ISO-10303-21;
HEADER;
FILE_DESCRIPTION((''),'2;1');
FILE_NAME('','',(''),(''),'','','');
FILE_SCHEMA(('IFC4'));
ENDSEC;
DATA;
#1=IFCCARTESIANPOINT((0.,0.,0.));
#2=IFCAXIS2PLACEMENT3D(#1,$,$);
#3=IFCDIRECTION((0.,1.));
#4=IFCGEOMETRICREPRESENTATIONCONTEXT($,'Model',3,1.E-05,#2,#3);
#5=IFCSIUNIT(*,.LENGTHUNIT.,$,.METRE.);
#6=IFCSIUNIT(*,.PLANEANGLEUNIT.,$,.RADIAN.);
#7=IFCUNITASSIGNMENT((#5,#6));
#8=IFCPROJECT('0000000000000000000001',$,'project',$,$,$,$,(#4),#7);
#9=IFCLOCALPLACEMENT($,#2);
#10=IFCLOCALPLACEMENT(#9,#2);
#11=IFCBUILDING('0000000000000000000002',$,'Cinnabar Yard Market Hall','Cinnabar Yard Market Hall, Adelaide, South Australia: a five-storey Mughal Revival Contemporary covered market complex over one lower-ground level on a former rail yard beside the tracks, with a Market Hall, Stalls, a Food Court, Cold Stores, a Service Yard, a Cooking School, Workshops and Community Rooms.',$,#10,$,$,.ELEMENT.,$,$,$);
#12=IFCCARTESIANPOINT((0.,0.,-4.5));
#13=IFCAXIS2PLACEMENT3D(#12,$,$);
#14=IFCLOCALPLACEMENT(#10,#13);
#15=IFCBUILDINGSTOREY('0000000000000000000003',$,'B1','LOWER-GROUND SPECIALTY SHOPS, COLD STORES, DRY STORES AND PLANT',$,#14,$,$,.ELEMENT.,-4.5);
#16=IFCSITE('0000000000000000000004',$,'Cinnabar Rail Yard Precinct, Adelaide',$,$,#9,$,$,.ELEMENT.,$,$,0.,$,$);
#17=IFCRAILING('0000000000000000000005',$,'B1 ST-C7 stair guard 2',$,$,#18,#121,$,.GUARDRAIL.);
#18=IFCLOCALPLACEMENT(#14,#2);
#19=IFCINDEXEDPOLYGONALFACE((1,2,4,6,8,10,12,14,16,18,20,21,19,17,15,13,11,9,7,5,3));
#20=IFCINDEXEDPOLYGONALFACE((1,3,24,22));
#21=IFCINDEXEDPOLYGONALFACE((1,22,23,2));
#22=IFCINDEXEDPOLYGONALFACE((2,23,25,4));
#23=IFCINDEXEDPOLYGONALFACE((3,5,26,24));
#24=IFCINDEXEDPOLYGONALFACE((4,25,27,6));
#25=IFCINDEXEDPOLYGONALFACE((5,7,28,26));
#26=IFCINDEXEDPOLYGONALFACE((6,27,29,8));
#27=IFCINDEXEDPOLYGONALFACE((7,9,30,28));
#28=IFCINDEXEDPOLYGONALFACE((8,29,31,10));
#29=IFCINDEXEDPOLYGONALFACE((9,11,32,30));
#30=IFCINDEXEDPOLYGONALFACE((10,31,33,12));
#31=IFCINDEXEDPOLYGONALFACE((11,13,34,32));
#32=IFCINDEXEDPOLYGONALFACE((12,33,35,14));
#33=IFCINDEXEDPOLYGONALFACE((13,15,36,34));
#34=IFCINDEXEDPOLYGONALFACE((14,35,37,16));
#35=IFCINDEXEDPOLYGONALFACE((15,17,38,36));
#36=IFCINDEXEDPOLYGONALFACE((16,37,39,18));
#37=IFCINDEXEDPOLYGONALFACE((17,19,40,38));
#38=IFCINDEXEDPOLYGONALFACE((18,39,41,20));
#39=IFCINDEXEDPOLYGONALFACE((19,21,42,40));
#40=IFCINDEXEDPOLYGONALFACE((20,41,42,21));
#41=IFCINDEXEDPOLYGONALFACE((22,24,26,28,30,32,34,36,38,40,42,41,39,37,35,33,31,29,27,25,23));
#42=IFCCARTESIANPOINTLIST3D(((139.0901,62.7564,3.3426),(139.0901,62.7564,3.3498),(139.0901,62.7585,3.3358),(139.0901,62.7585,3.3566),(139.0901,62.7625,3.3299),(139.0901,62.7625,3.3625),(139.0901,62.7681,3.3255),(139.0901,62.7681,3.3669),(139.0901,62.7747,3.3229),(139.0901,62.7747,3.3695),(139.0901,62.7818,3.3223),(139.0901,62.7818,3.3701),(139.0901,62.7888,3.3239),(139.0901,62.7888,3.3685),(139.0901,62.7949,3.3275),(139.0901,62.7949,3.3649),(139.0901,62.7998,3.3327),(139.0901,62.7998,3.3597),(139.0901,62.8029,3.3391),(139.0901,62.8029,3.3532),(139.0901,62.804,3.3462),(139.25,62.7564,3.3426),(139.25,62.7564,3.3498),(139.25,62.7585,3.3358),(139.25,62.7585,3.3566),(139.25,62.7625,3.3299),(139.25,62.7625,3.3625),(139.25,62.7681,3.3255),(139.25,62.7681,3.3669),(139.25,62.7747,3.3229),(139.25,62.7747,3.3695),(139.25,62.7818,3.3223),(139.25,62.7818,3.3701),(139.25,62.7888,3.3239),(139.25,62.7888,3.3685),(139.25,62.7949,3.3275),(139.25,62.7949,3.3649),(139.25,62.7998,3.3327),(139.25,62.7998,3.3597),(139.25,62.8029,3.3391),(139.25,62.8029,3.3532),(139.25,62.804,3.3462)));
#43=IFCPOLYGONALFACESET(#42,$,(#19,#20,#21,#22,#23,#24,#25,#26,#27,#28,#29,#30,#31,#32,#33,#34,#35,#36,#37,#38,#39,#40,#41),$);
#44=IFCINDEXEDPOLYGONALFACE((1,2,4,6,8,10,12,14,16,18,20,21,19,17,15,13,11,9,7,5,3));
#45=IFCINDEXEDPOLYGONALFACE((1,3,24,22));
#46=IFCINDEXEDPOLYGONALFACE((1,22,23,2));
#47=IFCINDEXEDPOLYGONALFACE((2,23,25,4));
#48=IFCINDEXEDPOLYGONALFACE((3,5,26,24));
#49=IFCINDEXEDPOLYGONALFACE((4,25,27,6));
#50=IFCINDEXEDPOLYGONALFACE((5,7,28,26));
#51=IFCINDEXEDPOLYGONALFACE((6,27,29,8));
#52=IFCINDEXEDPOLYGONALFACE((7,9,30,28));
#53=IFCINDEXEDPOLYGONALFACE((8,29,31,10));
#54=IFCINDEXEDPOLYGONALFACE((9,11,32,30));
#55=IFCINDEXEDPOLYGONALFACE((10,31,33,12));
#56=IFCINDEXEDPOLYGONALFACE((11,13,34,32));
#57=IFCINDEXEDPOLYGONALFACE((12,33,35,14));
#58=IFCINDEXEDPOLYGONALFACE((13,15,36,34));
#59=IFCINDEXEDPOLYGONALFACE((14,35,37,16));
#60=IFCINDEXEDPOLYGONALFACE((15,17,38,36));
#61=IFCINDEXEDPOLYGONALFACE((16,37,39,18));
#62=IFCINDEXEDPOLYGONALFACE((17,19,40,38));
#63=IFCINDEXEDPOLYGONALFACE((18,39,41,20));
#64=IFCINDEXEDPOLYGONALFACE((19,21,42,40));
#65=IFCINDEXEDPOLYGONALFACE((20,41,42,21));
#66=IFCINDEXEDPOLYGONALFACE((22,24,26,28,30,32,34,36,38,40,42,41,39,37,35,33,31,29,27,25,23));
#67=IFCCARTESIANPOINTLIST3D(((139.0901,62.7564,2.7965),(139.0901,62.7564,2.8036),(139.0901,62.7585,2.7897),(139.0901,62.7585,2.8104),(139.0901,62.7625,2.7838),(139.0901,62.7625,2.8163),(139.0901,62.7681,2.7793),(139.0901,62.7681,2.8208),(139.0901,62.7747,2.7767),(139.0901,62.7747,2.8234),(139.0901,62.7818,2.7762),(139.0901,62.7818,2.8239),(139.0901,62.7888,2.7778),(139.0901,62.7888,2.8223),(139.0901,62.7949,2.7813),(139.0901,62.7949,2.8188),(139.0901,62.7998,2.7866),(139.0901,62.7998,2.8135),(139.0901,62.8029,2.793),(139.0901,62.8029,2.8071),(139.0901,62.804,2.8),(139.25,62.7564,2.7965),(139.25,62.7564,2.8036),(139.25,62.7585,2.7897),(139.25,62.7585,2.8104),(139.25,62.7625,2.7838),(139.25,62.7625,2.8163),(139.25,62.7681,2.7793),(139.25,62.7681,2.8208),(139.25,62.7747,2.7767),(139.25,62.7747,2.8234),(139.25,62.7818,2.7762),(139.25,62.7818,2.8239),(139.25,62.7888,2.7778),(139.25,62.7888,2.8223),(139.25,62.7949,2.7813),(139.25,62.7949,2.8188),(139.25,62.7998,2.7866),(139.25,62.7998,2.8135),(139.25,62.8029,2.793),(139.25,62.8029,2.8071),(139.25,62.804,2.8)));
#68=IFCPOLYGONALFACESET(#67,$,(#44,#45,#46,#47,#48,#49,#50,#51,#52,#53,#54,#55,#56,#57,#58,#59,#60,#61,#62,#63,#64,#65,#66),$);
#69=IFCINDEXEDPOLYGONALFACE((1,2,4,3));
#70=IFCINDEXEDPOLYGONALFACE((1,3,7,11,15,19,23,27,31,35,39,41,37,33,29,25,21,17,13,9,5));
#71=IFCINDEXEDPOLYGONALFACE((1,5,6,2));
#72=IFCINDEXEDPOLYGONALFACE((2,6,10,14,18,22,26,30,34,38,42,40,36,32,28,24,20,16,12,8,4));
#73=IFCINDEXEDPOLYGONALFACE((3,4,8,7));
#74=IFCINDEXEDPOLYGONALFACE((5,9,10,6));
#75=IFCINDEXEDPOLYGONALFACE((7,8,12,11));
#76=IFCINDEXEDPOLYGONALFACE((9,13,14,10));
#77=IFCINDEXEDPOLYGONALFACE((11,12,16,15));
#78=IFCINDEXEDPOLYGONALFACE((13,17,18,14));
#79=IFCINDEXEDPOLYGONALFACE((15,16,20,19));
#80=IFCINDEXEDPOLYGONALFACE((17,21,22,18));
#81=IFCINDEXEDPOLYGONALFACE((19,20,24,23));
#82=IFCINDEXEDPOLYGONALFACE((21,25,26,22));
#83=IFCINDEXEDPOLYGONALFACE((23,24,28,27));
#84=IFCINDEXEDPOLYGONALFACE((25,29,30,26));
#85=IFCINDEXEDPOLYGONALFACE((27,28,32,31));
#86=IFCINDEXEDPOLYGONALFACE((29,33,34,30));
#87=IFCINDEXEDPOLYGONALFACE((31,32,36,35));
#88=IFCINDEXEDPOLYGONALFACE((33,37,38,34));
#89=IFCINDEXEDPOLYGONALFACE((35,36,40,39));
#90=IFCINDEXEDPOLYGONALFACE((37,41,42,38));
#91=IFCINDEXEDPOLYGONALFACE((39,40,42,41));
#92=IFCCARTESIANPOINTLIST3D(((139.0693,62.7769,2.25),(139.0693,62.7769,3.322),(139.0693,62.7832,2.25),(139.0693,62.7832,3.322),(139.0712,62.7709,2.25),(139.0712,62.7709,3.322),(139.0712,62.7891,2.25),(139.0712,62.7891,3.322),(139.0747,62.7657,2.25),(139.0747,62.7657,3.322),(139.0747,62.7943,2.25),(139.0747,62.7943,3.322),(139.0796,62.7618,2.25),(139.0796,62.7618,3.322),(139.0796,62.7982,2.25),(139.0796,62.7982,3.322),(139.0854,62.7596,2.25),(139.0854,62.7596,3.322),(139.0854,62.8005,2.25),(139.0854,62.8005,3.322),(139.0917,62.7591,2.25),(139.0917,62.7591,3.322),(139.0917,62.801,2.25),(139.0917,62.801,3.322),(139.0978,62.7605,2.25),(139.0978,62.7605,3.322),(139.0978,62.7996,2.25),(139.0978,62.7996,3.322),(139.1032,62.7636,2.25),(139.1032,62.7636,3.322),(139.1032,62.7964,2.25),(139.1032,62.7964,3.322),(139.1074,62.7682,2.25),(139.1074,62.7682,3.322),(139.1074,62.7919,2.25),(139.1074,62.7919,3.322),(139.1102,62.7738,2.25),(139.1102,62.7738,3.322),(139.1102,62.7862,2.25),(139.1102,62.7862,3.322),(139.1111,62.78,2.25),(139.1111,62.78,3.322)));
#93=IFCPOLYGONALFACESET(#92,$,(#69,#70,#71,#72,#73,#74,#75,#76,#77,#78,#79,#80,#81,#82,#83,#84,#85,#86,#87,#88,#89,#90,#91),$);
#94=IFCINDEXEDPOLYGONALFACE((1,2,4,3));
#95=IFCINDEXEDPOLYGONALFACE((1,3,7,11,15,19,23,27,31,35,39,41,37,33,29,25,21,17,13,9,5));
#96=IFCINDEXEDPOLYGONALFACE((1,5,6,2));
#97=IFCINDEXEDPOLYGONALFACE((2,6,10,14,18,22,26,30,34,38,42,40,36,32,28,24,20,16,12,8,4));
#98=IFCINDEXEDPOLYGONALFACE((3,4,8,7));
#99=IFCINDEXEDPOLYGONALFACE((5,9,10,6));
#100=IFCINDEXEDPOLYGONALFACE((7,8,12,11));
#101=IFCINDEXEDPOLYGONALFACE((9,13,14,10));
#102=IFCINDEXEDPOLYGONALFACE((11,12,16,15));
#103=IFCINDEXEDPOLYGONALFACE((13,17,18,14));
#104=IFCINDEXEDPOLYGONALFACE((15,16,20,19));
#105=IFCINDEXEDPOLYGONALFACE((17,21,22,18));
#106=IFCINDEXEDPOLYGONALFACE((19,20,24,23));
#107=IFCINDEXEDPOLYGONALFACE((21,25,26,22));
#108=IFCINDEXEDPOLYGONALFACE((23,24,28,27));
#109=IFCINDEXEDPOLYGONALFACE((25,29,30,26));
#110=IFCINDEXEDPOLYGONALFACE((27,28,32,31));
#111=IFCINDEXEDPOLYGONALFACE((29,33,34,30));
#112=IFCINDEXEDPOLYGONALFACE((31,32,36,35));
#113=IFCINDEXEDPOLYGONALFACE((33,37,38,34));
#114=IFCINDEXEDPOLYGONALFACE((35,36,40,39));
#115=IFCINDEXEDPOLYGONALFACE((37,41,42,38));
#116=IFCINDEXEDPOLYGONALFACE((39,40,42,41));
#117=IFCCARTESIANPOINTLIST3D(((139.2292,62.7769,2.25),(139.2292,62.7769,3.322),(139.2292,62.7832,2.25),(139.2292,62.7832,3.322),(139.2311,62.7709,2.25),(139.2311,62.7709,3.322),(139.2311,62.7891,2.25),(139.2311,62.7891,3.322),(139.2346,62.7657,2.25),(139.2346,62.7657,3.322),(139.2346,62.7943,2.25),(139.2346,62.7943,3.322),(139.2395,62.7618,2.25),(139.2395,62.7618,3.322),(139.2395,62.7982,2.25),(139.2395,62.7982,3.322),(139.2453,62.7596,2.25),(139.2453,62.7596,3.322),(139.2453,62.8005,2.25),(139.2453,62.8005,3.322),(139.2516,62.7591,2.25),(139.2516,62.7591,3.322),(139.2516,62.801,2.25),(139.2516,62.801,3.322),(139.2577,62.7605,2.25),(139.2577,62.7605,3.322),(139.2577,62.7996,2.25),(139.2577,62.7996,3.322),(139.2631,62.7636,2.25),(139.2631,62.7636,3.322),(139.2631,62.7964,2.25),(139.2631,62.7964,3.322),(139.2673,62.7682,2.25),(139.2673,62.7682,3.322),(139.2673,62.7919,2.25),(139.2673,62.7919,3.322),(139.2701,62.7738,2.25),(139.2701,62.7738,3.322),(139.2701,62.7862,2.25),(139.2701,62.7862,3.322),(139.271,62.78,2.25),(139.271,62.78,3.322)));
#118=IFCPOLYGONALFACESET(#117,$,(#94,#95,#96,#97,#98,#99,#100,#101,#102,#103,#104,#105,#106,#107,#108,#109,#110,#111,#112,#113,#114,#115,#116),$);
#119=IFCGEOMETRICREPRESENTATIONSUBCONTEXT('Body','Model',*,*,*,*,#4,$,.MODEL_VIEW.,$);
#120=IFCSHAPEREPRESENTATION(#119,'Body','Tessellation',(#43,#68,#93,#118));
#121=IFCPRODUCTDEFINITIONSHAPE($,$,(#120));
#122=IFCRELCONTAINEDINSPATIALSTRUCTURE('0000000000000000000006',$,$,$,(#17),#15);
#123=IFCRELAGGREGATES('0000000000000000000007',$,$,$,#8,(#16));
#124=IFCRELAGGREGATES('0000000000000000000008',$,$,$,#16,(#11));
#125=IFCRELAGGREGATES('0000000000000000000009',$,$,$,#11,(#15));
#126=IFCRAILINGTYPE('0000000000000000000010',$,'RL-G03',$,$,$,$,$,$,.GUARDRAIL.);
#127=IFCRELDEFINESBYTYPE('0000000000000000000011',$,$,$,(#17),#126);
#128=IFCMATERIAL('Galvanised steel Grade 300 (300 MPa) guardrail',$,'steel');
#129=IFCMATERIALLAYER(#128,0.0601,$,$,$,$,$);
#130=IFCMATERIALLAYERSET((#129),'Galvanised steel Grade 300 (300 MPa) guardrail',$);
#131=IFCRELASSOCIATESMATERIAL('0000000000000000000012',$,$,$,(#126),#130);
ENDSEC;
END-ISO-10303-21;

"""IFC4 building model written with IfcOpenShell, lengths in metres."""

from ifc_helpers import new_model, si_unit, direction, frame, origin, origin_2d_with_axis, place, context, subcontext, project, spatial, circle, extrude, material, layer, layer_set, type_object, element, save


model = new_model("IFC4")

# Units and contexts
model_context = context("Model", 3, precision=1e-05, world=origin(), true_north=direction((0.0, 1.0)))
body_context = subcontext(model_context, "Body", "Model", "MODEL_VIEW")
ifc_project = project(units=[si_unit("LENGTHUNIT", "METRE"), si_unit("PLANEANGLEUNIT", "RADIAN")], contexts=[model_context])

# Site, building, storey
site_placement = place(None, origin())
site = spatial("IfcSite", under=ifc_project, at=site_placement, Name="Cinnabar Rail Yard Precinct, Adelaide", CompositionType="ELEMENT", RefElevation=0.0)
building_placement = place(site_placement, origin())
building = spatial("IfcBuilding", under=site, at=building_placement, Name="Cinnabar Yard Market Hall", Description="Cinnabar Yard Market Hall, Adelaide, South Australia: a five-storey Mughal Revival Contemporary covered market complex over one lower-ground level on a former rail yard beside the tracks, with a Market Hall, Stalls, a Food Court, Cold Stores, a Service Yard, a Cooking School, Workshops and Community Rooms.", CompositionType="ELEMENT")
storey_placement = place(building_placement, frame((0.0, 0.0, -4.5)))
storey = spatial("IfcBuildingStorey", under=building, at=storey_placement, Name="B1", Description="LOWER-GROUND SPECIALTY SHOPS, COLD STORES, DRY STORES AND PLANT", CompositionType="ELEMENT", Elevation=-4.5)

# Railing
ifc_material_1 = material(Name="Galvanised steel Grade 300 (300 MPa) guardrail", Category="steel")
ifc_layer_1 = layer(ifc_material_1, 0.0601)
ifc_layer_set_1 = layer_set([ifc_layer_1], Name="Galvanised steel Grade 300 (300 MPa) guardrail")
railing_type_1 = type_object("IfcRailingType", Name="RL-G03", PredefinedType="GUARDRAIL", material=ifc_layer_set_1)
railing_1_placement = place(storey_placement, frame((139.0901, 62.78, 2.25)))
element("IfcRailing", 1, at=railing_1_placement, inside=storey, type_object=railing_type_1, Name="B1 ST-C7 stair guard 2", PredefinedType="GUARDRAIL", context=body_context, shape_type="SweptSolid", body=[
    extrude(circle(Radius=0.0239, at=origin_2d_with_axis()), frame((0.0, 0.0, 1.0962), z_axis=(1.0, 0.0, 0.0), x_axis=(0.0, 1.0, 0.0)), (0.0, 0.0, 1.0), 0.1599),
    extrude(circle(Radius=0.0239, at=origin_2d_with_axis()), frame((0.0, 0.0, 0.55), z_axis=(1.0, 0.0, 0.0), x_axis=(0.0, 1.0, 0.0)), (0.0, 0.0, 1.0), 0.1599),
    extrude(circle(Radius=0.021, at=origin_2d_with_axis()), origin(), (0.0, 0.0, 1.0), 1.072),
    extrude(circle(Radius=0.021, at=origin_2d_with_axis()), frame((0.1599, 0.0, 0.0)), (0.0, 0.0, 1.0), 1.072),
])

save(model, "model.ifc")
